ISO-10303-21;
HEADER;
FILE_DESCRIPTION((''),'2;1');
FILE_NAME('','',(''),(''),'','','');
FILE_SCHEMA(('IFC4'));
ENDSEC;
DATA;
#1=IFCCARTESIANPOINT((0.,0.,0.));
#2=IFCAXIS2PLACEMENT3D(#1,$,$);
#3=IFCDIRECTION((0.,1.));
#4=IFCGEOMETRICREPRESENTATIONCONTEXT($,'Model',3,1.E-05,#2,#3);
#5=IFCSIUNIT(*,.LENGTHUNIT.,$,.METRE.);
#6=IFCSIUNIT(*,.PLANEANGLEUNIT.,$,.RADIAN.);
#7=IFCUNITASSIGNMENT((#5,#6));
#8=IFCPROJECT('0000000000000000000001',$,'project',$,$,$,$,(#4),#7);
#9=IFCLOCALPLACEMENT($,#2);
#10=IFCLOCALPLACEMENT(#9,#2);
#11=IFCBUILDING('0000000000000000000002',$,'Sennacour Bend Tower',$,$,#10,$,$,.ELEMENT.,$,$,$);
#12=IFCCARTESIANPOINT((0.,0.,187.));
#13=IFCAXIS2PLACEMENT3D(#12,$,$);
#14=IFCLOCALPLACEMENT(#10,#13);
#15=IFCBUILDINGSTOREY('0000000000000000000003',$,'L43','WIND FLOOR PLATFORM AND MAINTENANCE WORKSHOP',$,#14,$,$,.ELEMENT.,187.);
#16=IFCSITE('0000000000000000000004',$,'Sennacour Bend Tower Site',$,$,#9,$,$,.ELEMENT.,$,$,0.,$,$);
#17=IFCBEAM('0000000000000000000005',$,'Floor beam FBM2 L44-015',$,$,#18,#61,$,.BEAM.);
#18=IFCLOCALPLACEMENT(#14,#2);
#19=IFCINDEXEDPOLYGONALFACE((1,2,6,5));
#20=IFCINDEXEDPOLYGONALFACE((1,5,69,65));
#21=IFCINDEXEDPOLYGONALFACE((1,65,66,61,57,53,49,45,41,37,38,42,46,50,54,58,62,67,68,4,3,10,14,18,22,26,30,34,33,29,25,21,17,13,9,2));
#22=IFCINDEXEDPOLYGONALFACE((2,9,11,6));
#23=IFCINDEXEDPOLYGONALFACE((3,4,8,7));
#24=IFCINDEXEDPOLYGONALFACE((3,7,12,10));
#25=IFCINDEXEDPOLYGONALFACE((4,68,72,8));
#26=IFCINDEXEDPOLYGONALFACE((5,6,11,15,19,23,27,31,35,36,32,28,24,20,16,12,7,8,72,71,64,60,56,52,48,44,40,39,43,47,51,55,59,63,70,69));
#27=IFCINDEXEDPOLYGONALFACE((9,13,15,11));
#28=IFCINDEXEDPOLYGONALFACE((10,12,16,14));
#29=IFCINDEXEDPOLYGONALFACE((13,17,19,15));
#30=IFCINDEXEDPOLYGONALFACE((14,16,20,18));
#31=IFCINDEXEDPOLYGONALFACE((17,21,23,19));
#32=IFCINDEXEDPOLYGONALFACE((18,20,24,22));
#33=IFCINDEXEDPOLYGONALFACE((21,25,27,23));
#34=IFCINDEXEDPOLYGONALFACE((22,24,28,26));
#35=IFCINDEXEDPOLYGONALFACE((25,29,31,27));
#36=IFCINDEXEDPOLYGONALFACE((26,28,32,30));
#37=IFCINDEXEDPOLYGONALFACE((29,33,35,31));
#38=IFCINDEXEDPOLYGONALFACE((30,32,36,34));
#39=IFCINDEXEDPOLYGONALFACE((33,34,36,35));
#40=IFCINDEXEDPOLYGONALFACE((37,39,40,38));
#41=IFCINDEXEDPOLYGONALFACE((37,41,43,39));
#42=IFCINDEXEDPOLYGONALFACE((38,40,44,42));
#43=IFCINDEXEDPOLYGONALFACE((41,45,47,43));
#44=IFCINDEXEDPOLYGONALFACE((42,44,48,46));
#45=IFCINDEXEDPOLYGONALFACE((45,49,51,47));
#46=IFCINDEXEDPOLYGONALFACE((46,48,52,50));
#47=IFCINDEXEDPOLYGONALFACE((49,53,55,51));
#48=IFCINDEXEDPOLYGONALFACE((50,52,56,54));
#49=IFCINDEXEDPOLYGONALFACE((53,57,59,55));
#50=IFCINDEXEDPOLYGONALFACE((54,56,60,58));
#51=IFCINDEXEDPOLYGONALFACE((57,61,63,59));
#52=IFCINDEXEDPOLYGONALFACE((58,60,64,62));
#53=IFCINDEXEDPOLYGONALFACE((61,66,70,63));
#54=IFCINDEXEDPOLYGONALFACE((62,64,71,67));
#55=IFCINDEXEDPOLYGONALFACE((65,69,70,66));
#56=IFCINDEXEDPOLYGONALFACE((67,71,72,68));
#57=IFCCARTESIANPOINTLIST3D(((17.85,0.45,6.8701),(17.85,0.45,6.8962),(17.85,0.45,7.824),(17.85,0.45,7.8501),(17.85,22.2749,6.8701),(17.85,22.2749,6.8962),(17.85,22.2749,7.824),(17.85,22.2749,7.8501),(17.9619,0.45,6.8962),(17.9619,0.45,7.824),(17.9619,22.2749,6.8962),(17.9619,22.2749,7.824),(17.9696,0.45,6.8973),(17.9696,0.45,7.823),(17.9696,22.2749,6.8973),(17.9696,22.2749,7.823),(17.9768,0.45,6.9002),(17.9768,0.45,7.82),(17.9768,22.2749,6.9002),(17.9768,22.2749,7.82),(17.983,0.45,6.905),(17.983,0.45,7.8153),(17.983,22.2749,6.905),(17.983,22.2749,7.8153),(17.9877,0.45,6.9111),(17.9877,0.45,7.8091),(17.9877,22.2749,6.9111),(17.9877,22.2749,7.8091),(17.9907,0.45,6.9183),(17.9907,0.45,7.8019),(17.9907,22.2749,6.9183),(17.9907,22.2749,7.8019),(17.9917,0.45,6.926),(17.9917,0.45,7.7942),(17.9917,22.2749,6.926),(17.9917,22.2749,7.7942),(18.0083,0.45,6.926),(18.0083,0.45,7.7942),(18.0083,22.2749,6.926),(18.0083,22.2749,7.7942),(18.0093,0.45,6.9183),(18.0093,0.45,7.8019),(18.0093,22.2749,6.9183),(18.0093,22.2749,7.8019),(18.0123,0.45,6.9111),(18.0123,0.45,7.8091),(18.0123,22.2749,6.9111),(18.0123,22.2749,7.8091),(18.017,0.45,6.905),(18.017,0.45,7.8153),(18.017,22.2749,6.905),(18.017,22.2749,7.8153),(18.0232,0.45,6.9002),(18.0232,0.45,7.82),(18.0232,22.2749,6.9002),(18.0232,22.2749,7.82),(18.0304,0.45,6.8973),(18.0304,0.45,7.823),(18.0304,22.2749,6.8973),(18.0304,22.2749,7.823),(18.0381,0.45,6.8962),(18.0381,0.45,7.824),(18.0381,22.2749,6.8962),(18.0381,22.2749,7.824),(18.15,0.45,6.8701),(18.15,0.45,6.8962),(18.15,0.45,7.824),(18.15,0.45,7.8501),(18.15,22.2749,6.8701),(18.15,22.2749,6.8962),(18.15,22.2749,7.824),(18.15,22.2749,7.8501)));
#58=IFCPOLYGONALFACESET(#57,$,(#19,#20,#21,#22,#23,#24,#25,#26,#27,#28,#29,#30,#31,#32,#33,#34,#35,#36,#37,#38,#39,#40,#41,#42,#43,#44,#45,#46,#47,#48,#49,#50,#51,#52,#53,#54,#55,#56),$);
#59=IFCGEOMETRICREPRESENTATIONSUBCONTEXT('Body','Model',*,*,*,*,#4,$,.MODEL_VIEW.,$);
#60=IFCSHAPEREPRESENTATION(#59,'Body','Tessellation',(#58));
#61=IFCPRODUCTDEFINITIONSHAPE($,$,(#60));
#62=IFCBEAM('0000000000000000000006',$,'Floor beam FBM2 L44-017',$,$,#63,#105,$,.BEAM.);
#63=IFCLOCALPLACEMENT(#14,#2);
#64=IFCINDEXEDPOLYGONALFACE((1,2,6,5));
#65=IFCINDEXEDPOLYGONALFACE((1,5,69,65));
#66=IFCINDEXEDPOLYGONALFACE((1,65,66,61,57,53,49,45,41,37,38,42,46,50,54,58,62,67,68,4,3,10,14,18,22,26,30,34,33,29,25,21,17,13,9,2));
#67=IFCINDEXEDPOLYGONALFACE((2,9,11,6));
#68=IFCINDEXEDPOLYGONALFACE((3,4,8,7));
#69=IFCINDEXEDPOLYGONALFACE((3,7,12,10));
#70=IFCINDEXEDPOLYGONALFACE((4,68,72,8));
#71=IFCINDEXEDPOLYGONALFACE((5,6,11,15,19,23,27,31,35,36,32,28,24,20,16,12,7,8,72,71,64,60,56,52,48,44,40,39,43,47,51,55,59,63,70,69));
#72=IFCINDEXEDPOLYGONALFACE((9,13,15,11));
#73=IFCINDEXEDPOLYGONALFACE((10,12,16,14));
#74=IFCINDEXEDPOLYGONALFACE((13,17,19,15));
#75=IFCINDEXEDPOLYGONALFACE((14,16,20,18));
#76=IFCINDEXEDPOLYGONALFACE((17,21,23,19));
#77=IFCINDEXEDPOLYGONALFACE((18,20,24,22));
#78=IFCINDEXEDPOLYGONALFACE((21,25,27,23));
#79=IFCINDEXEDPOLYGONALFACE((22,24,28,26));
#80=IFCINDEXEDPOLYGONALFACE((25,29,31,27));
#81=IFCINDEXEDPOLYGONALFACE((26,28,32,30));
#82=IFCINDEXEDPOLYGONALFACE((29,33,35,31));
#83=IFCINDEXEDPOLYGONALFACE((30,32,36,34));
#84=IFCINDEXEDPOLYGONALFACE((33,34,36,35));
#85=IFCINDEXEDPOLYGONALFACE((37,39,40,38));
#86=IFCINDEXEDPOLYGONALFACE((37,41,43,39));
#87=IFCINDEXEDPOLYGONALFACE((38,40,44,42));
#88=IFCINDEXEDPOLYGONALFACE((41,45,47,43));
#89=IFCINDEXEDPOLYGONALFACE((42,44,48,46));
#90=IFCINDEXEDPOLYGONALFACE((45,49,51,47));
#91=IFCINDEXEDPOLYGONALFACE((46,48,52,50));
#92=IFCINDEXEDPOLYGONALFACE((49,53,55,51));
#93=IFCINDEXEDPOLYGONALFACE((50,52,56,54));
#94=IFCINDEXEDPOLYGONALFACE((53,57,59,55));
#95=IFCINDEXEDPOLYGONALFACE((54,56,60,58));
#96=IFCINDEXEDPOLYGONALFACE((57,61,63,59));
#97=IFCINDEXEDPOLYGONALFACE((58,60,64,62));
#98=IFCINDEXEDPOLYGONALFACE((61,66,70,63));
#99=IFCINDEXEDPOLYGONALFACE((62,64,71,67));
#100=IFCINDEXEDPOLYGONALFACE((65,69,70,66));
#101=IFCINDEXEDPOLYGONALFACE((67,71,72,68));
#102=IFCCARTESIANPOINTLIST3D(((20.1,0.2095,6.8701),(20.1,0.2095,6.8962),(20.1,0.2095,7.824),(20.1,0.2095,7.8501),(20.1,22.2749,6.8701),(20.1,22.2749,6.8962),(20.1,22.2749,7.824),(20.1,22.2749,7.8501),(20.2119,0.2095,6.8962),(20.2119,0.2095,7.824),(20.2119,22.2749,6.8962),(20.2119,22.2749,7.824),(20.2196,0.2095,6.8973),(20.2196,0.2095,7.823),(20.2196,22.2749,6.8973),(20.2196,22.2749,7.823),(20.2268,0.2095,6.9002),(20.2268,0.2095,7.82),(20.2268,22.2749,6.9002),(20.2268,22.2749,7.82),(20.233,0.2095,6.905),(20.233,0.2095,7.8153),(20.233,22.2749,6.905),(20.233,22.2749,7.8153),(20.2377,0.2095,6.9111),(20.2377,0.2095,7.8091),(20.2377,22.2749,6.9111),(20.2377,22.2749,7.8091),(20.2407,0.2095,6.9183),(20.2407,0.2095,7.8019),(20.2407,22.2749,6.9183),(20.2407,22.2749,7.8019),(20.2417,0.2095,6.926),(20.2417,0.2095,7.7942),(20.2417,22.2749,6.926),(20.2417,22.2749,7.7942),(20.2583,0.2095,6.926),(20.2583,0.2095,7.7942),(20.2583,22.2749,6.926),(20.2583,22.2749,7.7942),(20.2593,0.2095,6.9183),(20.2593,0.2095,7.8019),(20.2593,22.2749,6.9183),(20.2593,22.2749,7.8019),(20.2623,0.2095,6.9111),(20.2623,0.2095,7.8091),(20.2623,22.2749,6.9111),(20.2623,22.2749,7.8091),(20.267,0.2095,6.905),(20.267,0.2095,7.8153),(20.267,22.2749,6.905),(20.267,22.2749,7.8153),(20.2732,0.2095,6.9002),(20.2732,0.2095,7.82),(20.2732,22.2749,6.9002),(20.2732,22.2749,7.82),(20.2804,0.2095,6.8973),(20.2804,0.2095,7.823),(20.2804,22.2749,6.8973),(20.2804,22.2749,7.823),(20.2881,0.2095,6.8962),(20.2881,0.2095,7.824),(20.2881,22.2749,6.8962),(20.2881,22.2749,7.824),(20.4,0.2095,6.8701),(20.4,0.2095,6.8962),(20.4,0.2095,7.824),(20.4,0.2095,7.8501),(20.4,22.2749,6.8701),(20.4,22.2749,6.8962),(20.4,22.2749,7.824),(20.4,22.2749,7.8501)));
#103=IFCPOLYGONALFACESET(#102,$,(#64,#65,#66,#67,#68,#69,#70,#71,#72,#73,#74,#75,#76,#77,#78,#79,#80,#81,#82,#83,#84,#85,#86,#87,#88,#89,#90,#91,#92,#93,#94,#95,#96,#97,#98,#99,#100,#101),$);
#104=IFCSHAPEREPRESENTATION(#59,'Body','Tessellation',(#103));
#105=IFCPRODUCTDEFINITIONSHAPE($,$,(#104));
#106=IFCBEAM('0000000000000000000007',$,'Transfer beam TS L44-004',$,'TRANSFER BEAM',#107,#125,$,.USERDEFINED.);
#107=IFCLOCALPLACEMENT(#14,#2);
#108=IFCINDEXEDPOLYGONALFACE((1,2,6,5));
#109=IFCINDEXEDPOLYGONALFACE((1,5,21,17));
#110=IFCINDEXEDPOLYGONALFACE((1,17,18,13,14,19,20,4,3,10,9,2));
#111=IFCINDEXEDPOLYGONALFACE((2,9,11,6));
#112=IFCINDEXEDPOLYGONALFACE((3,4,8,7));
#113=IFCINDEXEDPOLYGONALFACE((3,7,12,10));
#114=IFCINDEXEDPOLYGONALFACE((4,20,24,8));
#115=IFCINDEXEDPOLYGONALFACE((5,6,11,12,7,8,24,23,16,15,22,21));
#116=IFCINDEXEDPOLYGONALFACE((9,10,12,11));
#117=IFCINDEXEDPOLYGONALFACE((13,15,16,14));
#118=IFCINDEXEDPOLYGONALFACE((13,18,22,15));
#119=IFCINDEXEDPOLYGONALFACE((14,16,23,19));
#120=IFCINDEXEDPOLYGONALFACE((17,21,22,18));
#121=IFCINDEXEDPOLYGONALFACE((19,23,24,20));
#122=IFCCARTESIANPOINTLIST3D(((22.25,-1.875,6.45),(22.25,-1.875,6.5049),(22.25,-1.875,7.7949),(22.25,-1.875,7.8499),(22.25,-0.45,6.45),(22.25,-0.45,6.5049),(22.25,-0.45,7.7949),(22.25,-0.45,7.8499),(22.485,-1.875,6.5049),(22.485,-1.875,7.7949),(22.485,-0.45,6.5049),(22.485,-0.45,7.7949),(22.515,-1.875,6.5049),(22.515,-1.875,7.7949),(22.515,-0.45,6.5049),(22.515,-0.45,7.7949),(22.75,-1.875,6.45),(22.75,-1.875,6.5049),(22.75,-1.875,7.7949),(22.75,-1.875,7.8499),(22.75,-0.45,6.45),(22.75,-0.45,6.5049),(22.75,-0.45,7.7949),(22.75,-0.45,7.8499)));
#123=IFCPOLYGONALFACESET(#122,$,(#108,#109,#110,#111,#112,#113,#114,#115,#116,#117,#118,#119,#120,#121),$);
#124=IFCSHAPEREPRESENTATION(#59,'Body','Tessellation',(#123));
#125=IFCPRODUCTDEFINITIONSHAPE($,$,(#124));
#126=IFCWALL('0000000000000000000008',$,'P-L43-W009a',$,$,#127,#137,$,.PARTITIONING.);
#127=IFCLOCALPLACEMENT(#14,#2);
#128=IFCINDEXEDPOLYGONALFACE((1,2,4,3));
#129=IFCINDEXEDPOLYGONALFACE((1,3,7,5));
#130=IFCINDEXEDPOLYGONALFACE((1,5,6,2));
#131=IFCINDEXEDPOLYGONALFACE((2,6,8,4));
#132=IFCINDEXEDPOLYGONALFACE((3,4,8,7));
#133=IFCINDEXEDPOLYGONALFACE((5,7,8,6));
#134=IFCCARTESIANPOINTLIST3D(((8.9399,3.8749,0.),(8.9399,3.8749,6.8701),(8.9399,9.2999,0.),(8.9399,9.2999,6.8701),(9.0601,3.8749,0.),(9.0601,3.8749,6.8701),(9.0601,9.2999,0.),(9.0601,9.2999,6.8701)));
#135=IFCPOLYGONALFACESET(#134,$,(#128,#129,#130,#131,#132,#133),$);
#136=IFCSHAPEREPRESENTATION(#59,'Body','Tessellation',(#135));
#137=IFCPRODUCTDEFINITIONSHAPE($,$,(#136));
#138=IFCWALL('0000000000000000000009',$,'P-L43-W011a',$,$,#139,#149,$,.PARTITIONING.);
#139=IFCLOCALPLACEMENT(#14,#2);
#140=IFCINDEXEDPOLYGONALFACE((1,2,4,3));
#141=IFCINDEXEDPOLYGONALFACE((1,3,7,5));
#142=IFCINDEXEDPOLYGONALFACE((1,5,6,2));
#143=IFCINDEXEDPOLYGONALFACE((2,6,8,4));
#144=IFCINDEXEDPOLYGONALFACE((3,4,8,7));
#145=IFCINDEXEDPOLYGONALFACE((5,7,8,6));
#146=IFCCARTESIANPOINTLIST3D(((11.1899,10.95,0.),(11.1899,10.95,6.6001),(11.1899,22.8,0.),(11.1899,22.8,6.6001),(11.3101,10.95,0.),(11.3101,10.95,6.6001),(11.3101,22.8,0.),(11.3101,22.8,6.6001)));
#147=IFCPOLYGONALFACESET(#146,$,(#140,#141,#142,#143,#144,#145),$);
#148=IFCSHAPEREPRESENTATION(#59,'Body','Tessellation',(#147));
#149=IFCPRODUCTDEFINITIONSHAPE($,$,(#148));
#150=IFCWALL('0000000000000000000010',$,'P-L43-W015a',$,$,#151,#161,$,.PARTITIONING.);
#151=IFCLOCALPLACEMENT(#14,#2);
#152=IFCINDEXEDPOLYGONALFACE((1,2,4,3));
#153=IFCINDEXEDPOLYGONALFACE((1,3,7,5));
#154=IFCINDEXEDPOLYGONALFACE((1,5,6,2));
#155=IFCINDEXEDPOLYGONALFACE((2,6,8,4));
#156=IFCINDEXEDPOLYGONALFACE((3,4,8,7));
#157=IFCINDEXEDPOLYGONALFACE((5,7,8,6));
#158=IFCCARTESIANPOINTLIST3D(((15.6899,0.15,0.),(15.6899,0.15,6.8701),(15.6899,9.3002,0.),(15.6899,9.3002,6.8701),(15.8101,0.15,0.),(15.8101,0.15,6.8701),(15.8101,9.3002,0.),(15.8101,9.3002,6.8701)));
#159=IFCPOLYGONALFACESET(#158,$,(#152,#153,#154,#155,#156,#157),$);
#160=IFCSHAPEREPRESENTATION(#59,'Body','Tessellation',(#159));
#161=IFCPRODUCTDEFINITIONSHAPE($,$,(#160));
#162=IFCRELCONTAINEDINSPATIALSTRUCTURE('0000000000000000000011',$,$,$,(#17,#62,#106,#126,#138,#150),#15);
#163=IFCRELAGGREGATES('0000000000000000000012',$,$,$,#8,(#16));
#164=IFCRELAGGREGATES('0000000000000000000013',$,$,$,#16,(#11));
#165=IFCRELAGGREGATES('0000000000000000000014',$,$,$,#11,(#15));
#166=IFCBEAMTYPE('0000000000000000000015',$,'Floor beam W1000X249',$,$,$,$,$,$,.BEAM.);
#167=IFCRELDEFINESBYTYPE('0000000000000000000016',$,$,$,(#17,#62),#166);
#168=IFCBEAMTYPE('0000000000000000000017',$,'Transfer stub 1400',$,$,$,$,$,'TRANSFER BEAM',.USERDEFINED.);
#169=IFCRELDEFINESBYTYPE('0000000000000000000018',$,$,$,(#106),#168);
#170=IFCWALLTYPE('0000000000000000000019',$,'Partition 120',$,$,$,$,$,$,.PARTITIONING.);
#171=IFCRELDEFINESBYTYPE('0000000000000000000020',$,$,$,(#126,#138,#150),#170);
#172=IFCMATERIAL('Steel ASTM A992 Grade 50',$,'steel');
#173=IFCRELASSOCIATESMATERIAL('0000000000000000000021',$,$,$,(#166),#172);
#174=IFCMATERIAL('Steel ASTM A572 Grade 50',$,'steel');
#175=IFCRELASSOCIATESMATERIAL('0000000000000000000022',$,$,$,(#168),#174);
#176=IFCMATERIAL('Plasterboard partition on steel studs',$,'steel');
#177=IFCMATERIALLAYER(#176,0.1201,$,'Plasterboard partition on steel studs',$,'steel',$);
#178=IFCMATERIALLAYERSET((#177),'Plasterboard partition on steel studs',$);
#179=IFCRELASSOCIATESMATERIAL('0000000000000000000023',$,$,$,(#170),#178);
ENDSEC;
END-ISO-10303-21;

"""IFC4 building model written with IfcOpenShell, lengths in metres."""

from ifc_helpers import new_model, si_unit, direction, frame, frame_2d, origin, origin_2d, place, context, subcontext, project, spatial, rectangle, i_section, extrude, material, layer, layer_set, material_profile, profile_set, type_object, element, save


model = new_model("IFC4")

# Units and contexts
model_context = context("Model", 3, precision=1e-05, world=origin(), true_north=direction((0.0, 1.0)))
body_context = subcontext(model_context, "Body", "Model", "MODEL_VIEW")
ifc_project = project(units=[si_unit("LENGTHUNIT", "METRE"), si_unit("PLANEANGLEUNIT", "RADIAN")], contexts=[model_context])

# Site, building, storey
site_placement = place(None, origin())
site = spatial("IfcSite", under=ifc_project, at=site_placement, Name="Sennacour Bend Tower Site", CompositionType="ELEMENT", RefElevation=0.0)
building_placement = place(site_placement, origin())
building = spatial("IfcBuilding", under=site, at=building_placement, Name="Sennacour Bend Tower", CompositionType="ELEMENT")
storey_placement = place(building_placement, frame((0.0, 0.0, 187.0)))
storey = spatial("IfcBuildingStorey", under=building, at=storey_placement, Name="L43", Description="WIND FLOOR PLATFORM AND MAINTENANCE WORKSHOP", CompositionType="ELEMENT", Elevation=187.0)

# Shared definitions
ifc_material_1 = material(Name="Steel ASTM A572 Grade 50", Category="steel")

# Shared definitions
ifc_material_2 = material(Name="Steel ASTM A992 Grade 50", Category="steel")

# Beams
ifc_material_profile_1 = material_profile(ifc_material_2, i_section(OverallWidth=0.3, OverallDepth=0.98, WebThickness=0.0166, FlangeThickness=0.0261, FilletRadius=0.0298, at=origin_2d()), Name="Steel ASTM A992 Grade 50", Category="steel")
ifc_profile_set_1 = profile_set([ifc_material_profile_1], Name="Steel ASTM A992 Grade 50")
beam_type_1 = type_object("IfcBeamType", Name="Floor beam W1000X249", PredefinedType="BEAM", material=ifc_profile_set_1)
beam_1_placement = place(storey_placement, frame((18.0, 0.45, 7.3601), z_axis=(0.0, 1.0, 0.0), x_axis=(-1.0, 0.0, 0.0)))
element("IfcBeam", 1, at=beam_1_placement, inside=storey, type_object=beam_type_1, Name="Floor beam FBM2 L44-015", PredefinedType="BEAM", context=body_context, shape_type="SweptSolid", body=[
    extrude(i_section(OverallWidth=0.3, OverallDepth=0.98, WebThickness=0.0166, FlangeThickness=0.0261, FilletRadius=0.0298, at=origin_2d()), origin(), (0.0, 0.0, 1.0), 21.825),
])
beam_2_placement = place(storey_placement, frame((20.25, 0.2095, 7.3601), z_axis=(0.0, 1.0, 0.0), x_axis=(-1.0, 0.0, 0.0)))
element("IfcBeam", 2, at=beam_2_placement, inside=storey, type_object=beam_type_1, Name="Floor beam FBM2 L44-017", PredefinedType="BEAM", context=body_context, shape_type="SweptSolid", body=[
    extrude(i_section(OverallWidth=0.3, OverallDepth=0.98, WebThickness=0.0166, FlangeThickness=0.0261, FilletRadius=0.0298, at=origin_2d()), origin(), (0.0, 0.0, 1.0), 22.0654),
])
ifc_material_profile_2 = material_profile(ifc_material_1, i_section(OverallWidth=0.5, OverallDepth=1.3999, WebThickness=0.03, FlangeThickness=0.0549, at=origin_2d()), Name="Steel ASTM A572 Grade 50", Category="steel")
ifc_profile_set_2 = profile_set([ifc_material_profile_2], Name="Steel ASTM A572 Grade 50")
beam_type_2 = type_object("IfcBeamType", Name="Transfer stub 1400", ElementType="TRANSFER BEAM", PredefinedType="USERDEFINED", material=ifc_profile_set_2)
beam_3_placement = place(storey_placement, frame((22.5, -0.45, 7.1499), z_axis=(0.0, -1.0, 0.0), x_axis=(1.0, 0.0, 0.0)))
element("IfcBeam", 3, at=beam_3_placement, inside=storey, type_object=beam_type_2, Name="Transfer beam TS L44-004", ObjectType="TRANSFER BEAM", PredefinedType="USERDEFINED", context=body_context, shape_type="SweptSolid", body=[
    extrude(i_section(OverallWidth=0.5, OverallDepth=1.3999, WebThickness=0.03, FlangeThickness=0.0549, at=origin_2d()), origin(), (0.0, 0.0, 1.0), 1.425),
])

# Walls
ifc_material_3 = material(Name="Plasterboard partition on steel studs", Category="steel")
ifc_layer_1 = layer(ifc_material_3, 0.1201, Name="Plasterboard partition on steel studs", Category="steel")
ifc_layer_set_1 = layer_set([ifc_layer_1], Name="Plasterboard partition on steel studs")
wall_type_1 = type_object("IfcWallType", Name="Partition 120", PredefinedType="PARTITIONING", material=ifc_layer_set_1)
wall_1_placement = place(storey_placement, frame((9.0, 3.875, 0.0), z_axis=(0.0, 0.0, 1.0), x_axis=(0.0, 1.0, 0.0)))
element("IfcWall", 4, at=wall_1_placement, inside=storey, type_object=wall_type_1, Name="P-L43-W009a", PredefinedType="PARTITIONING", context=body_context, shape_type="SweptSolid", body=[
    extrude(rectangle(XDim=5.425, YDim=0.1201, at=frame_2d((2.7124, 0.0))), origin(), (0.0, 0.0, 1.0), 6.8701),
])
wall_2_placement = place(storey_placement, frame((11.25, 10.95, 0.0), z_axis=(0.0, 0.0, 1.0), x_axis=(0.0, 1.0, 0.0)))
element("IfcWall", 5, at=wall_2_placement, inside=storey, type_object=wall_type_1, Name="P-L43-W011a", PredefinedType="PARTITIONING", context=body_context, shape_type="SweptSolid", body=[
    extrude(rectangle(XDim=11.8501, YDim=0.1201, at=frame_2d((5.925, 0.0))), origin(), (0.0, 0.0, 1.0), 6.6001),
])
wall_3_placement = place(storey_placement, frame((15.75, 0.1499, 0.0), z_axis=(0.0, 0.0, 1.0), x_axis=(0.0, 1.0, 0.0)))
element("IfcWall", 6, at=wall_3_placement, inside=storey, type_object=wall_type_1, Name="P-L43-W015a", PredefinedType="PARTITIONING", context=body_context, shape_type="SweptSolid", body=[
    extrude(rectangle(XDim=9.1501, YDim=0.1201, at=frame_2d((4.5752, 0.0))), origin(), (0.0, 0.0, 1.0), 6.8701),
])

save(model, "model.ifc")
